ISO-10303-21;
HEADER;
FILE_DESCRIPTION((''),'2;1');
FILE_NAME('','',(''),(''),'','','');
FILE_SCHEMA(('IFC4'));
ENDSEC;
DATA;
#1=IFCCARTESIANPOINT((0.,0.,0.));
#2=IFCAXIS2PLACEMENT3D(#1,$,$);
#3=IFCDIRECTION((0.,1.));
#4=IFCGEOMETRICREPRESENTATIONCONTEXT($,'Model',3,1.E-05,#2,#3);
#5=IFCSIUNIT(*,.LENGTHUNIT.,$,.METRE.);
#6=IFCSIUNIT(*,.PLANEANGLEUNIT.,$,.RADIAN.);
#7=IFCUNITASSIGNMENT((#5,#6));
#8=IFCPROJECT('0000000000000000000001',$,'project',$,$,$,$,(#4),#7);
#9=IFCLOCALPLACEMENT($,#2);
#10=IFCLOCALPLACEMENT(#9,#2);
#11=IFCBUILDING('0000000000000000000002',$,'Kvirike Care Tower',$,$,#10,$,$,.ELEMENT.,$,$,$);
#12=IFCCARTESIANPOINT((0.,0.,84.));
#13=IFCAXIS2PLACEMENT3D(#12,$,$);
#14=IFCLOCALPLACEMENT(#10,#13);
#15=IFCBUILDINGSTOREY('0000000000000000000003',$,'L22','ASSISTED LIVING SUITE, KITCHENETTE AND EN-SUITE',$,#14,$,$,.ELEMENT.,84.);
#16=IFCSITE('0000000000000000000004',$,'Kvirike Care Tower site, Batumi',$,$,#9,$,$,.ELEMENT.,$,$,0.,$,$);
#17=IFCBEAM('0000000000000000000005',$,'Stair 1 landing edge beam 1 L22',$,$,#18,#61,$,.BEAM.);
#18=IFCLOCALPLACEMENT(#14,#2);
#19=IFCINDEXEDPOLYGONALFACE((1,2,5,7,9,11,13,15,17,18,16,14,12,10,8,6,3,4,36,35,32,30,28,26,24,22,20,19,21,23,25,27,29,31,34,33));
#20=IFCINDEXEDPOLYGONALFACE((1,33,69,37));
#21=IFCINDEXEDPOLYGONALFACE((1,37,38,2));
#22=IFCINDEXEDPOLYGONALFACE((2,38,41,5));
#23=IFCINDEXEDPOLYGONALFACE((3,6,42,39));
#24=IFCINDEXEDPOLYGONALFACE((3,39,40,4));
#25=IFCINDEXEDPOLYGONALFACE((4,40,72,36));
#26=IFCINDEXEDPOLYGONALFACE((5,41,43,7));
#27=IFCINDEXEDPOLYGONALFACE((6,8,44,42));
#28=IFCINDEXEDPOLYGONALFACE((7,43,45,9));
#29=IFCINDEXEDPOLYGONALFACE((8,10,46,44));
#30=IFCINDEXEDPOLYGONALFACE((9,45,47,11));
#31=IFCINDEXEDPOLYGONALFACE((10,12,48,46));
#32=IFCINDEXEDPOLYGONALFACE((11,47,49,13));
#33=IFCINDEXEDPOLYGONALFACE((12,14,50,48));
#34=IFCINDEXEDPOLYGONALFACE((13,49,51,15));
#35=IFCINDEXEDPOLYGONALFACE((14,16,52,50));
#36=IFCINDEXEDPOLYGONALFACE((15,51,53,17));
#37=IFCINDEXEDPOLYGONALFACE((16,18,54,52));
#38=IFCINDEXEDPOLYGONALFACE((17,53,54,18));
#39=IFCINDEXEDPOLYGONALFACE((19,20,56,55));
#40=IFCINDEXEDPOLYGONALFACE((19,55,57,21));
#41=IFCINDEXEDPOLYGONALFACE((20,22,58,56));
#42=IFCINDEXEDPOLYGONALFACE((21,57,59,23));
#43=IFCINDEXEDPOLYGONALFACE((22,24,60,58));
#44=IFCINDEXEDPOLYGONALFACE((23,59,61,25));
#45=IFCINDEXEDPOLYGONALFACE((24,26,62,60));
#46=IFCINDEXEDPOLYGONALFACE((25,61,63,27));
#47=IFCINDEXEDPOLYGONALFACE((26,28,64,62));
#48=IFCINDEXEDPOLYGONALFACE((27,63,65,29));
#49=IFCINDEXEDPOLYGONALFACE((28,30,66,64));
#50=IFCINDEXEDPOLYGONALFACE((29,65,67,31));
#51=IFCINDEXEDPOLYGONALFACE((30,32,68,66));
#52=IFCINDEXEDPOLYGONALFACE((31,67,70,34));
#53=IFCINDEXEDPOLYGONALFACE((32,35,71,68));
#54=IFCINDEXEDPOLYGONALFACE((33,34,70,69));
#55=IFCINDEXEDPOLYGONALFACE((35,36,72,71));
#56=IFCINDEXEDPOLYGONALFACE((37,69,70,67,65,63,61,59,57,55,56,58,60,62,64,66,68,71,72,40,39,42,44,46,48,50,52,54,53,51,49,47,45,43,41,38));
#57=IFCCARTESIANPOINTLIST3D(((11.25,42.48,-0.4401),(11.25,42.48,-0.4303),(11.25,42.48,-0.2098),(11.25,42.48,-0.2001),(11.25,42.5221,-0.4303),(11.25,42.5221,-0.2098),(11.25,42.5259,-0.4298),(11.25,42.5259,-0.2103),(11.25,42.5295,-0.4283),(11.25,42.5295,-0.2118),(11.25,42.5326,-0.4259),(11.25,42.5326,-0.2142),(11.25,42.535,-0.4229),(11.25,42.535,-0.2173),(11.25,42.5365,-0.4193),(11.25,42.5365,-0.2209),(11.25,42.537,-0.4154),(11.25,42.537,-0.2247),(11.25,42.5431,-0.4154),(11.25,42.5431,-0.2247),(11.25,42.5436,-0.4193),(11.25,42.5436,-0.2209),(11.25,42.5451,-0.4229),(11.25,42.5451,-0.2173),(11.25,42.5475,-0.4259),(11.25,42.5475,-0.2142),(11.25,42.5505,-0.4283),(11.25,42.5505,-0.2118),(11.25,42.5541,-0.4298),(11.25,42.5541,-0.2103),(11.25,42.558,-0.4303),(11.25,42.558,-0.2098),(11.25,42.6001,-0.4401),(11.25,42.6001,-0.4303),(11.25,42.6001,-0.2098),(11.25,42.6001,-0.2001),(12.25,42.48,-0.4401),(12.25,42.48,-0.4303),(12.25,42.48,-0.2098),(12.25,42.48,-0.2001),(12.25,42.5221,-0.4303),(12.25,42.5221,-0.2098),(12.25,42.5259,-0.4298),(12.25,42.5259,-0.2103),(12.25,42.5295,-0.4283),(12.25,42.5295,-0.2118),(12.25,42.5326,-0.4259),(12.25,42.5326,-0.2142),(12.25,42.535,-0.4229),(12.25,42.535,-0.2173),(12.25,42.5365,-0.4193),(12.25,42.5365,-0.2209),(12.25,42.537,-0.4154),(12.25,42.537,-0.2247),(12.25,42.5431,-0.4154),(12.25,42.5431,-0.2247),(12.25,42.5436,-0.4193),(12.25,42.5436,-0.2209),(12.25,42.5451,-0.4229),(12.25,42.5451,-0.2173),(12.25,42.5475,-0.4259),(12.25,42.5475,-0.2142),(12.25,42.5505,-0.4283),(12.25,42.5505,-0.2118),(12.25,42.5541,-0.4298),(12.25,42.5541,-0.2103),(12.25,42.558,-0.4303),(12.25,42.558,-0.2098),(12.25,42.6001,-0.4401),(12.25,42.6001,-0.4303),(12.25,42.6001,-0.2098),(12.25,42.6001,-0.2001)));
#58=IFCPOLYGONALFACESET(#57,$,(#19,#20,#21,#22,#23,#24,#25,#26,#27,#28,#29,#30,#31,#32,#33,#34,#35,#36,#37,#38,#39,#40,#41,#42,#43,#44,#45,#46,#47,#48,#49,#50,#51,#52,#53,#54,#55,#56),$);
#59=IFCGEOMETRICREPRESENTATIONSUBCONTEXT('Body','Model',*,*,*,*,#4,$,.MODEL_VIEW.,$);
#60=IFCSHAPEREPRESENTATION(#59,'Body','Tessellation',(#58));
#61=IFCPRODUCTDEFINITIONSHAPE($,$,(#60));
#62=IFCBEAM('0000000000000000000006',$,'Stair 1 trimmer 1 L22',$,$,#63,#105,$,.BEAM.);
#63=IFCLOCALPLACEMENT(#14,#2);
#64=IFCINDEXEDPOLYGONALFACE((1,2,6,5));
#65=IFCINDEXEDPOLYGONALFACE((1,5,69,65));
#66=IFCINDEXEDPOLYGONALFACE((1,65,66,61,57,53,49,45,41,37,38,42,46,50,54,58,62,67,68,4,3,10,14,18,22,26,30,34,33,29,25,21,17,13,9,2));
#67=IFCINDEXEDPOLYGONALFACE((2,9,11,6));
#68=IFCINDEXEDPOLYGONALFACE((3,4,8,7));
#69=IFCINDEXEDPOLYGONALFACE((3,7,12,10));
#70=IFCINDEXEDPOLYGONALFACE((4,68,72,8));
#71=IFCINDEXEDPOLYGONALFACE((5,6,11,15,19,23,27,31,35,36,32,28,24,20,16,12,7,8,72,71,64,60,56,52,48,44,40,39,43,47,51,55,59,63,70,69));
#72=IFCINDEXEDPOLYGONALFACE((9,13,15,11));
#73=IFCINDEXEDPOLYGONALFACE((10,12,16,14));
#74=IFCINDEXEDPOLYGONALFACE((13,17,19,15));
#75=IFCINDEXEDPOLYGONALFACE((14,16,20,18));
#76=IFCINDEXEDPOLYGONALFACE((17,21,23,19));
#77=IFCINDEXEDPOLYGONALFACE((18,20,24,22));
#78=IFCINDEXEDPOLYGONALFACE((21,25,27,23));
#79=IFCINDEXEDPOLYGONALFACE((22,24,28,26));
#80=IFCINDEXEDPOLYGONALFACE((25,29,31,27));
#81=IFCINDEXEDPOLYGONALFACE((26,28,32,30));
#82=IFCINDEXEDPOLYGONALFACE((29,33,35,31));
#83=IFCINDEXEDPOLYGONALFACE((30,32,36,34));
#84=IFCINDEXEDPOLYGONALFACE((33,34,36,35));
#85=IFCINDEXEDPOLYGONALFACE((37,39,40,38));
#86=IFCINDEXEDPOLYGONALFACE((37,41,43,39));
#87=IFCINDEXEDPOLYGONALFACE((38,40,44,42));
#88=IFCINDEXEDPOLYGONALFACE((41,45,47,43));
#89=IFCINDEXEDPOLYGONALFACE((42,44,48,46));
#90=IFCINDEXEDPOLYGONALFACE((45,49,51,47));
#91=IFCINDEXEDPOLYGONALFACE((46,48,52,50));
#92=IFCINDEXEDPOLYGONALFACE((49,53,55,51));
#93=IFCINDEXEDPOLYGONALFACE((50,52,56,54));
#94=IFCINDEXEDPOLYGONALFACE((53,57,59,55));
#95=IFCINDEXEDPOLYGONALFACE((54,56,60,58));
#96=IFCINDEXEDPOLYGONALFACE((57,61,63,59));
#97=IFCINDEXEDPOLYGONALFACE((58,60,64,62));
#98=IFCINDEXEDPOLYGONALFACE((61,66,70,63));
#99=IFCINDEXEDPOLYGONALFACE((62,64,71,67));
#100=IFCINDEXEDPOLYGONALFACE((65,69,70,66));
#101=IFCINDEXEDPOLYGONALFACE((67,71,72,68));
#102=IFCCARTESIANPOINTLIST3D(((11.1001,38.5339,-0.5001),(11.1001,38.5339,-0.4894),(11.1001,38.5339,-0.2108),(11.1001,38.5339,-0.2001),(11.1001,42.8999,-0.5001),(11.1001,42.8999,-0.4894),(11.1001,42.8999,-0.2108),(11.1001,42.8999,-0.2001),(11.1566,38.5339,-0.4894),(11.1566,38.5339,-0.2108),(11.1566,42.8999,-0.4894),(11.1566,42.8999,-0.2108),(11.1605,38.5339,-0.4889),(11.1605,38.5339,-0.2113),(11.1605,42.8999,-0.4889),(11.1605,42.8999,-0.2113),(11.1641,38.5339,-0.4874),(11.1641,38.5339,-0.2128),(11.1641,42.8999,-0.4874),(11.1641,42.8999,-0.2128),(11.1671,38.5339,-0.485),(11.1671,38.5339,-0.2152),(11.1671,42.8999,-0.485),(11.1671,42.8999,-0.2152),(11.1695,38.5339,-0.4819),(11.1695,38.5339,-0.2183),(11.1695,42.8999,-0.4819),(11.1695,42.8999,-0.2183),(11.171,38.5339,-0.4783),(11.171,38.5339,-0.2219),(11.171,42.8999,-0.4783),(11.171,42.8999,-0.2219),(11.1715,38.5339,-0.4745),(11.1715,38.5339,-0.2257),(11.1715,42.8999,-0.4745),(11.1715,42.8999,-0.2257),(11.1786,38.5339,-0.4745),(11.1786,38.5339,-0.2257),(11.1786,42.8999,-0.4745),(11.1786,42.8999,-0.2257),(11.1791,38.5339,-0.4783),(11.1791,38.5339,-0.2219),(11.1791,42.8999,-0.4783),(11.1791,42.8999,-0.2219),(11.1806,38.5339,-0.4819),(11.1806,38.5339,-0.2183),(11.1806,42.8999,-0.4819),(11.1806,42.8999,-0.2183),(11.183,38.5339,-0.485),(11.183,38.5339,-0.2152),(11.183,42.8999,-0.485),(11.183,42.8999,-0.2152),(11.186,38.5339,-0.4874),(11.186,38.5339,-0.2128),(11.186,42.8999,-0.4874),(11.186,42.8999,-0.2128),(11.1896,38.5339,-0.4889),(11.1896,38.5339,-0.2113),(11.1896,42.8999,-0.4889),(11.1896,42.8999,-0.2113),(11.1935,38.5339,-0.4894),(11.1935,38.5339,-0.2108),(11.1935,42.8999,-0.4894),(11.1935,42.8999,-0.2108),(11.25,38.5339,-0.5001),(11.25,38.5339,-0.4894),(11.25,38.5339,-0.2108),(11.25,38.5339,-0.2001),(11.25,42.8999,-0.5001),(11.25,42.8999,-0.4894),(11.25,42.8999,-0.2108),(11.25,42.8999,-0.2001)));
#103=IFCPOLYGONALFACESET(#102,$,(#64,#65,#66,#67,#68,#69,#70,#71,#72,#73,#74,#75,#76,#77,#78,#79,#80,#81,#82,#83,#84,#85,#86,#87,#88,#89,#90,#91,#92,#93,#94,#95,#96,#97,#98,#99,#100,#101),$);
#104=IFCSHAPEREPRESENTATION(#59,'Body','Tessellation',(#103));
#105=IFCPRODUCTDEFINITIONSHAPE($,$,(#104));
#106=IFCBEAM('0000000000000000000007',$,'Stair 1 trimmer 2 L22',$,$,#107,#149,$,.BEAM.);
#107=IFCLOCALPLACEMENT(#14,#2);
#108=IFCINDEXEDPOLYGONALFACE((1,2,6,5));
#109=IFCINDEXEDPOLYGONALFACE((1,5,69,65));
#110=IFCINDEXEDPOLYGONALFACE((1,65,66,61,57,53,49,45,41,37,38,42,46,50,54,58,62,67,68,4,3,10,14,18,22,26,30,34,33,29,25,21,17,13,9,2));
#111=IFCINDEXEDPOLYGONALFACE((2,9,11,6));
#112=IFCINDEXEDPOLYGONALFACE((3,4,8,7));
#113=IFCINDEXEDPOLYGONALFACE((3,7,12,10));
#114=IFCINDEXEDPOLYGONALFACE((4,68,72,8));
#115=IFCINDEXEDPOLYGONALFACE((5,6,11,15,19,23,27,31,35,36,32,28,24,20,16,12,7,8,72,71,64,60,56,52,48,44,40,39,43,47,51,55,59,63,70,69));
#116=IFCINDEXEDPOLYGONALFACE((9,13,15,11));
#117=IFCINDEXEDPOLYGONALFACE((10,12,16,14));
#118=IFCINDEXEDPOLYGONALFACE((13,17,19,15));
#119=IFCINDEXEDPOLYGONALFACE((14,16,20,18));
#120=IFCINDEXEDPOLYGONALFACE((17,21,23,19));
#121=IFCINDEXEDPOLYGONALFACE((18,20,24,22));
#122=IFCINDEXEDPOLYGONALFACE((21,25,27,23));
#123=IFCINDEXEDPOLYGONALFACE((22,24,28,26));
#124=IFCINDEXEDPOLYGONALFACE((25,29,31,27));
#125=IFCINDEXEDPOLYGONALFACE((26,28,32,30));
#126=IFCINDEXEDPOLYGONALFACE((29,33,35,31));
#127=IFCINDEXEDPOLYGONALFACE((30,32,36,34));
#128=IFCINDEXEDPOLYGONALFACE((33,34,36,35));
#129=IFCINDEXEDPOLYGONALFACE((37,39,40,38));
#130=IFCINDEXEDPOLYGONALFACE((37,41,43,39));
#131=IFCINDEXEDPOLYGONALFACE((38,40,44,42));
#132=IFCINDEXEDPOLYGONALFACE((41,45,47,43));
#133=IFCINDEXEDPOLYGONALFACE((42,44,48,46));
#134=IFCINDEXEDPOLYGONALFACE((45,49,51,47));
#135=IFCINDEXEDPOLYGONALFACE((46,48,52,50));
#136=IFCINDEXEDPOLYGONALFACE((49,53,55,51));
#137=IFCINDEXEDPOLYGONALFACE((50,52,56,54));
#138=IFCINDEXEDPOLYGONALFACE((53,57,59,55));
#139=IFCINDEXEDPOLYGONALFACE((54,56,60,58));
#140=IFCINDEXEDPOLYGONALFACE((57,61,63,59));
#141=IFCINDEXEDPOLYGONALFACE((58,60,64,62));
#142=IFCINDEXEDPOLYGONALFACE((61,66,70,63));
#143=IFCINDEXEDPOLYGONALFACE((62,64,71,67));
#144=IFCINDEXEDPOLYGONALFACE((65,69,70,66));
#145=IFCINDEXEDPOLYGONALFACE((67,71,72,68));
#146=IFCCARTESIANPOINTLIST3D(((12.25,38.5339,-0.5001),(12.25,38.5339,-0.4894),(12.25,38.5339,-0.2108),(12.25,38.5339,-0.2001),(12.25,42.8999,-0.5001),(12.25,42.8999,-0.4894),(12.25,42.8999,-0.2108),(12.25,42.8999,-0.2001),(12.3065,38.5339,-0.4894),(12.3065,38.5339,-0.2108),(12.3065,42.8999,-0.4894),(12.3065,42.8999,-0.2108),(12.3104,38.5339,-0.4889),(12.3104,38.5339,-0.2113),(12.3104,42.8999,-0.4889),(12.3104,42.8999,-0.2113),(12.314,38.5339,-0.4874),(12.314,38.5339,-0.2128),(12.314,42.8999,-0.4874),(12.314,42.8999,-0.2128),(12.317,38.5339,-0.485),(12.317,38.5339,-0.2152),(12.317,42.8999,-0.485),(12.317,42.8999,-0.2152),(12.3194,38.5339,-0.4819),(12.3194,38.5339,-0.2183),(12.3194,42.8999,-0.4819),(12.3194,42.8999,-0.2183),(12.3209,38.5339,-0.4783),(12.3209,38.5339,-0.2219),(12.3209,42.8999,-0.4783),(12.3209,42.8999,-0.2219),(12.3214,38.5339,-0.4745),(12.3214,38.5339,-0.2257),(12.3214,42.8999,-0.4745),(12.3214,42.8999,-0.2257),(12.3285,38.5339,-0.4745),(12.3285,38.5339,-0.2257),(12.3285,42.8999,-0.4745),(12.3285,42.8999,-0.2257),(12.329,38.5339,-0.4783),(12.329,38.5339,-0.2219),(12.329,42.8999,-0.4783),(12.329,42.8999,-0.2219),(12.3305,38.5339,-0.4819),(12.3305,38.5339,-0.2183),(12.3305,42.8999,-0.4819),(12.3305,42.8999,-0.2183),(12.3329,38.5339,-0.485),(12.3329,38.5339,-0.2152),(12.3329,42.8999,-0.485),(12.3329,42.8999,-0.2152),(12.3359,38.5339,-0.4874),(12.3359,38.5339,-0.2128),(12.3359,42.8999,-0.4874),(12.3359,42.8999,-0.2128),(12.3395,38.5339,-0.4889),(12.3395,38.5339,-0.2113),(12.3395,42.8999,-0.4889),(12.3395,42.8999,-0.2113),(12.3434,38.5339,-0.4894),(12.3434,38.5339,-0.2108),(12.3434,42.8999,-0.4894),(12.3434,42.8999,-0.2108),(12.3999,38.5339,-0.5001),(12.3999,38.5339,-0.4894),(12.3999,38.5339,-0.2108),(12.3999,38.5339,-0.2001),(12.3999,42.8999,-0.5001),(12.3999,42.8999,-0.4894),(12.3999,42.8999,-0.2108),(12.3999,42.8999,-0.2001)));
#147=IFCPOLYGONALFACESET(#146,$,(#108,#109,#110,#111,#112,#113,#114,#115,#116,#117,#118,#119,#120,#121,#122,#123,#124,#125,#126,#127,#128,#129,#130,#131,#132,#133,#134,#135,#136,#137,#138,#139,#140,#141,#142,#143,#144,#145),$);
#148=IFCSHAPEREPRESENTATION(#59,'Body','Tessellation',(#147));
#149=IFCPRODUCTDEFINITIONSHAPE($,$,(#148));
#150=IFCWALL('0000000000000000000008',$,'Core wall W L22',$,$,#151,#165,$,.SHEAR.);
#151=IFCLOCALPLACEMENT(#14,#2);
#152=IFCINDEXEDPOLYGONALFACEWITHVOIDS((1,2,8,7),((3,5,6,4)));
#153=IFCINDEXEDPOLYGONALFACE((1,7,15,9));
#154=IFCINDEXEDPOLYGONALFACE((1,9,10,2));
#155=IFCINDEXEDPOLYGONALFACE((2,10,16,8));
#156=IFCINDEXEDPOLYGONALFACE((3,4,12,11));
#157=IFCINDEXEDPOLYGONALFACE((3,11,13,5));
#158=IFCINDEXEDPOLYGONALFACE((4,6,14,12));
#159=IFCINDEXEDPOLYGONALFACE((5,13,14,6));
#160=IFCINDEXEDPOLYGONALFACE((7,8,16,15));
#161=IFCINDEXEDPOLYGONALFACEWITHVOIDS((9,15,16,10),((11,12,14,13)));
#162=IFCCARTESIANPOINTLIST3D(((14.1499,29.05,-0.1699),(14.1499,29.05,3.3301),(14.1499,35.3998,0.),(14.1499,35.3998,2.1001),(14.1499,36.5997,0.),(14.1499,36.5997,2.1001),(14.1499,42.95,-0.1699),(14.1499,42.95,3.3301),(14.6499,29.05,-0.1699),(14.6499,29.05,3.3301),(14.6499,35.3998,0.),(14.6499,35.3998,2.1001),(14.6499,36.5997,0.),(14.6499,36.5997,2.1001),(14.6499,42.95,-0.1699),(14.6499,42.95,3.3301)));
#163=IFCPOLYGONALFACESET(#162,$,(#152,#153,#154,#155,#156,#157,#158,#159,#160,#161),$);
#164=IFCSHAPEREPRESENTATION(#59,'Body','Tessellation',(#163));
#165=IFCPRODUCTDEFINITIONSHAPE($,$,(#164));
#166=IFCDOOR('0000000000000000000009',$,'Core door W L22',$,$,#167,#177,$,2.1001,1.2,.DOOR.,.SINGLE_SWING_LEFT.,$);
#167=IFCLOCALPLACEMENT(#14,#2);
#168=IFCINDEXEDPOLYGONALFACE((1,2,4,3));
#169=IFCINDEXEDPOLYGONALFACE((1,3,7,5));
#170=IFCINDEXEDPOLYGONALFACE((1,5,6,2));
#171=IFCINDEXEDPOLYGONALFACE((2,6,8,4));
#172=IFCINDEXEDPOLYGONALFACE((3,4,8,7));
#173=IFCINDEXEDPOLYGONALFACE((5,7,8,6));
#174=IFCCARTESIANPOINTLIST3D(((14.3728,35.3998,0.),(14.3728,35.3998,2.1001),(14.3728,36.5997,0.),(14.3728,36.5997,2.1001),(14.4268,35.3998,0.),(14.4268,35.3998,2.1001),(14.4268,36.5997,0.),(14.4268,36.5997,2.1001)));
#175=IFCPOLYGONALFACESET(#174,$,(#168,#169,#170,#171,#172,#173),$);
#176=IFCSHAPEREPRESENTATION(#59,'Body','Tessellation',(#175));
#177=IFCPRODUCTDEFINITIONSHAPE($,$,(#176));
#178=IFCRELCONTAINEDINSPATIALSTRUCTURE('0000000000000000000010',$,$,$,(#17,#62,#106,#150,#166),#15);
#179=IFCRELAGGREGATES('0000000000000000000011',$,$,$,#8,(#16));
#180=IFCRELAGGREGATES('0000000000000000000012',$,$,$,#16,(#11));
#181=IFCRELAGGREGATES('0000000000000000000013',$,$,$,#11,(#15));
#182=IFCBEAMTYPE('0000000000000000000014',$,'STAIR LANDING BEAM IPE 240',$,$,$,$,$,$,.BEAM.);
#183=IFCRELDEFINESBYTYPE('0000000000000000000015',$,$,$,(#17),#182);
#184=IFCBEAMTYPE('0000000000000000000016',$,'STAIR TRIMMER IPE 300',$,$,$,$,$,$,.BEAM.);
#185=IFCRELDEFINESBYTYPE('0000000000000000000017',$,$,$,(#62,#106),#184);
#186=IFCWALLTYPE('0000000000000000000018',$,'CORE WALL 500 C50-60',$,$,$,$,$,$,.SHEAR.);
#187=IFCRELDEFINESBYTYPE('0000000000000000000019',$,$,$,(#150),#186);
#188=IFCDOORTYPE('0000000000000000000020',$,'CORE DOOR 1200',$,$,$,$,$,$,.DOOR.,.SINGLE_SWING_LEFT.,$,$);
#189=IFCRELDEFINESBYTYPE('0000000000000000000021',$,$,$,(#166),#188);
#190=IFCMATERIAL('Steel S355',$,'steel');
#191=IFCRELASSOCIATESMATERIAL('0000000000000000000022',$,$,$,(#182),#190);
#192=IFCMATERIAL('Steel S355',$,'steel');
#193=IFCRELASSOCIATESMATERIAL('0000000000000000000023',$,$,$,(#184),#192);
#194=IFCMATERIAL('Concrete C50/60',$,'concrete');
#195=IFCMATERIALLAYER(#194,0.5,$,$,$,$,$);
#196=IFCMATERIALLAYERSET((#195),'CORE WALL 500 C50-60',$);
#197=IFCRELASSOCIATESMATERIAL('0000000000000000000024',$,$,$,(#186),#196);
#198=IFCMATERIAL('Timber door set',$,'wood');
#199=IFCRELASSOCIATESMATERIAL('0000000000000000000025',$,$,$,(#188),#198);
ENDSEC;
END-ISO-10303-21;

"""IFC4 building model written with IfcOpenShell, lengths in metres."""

from ifc_helpers import new_model, si_unit, direction, frame, frame_2d, origin, origin_2d, place, context, subcontext, project, spatial, rectangle, i_section, extrude, material, layer, layer_set, material_profile, profile_set, type_object, element, fill, save


model = new_model("IFC4")

# Units and contexts
model_context = context("Model", 3, precision=1e-05, world=origin(), true_north=direction((0.0, 1.0)))
body_context = subcontext(model_context, "Body", "Model", "MODEL_VIEW")
ifc_project = project(units=[si_unit("LENGTHUNIT", "METRE"), si_unit("PLANEANGLEUNIT", "RADIAN")], contexts=[model_context])

# Site, building, storey
site_placement = place(None, origin())
site = spatial("IfcSite", under=ifc_project, at=site_placement, Name="Kvirike Care Tower site, Batumi", CompositionType="ELEMENT", RefElevation=0.0)
building_placement = place(site_placement, origin())
building = spatial("IfcBuilding", under=site, at=building_placement, Name="Kvirike Care Tower", CompositionType="ELEMENT")
storey_placement = place(building_placement, frame((0.0, 0.0, 84.0)))
storey = spatial("IfcBuildingStorey", under=building, at=storey_placement, Name="L22", Description="ASSISTED LIVING SUITE, KITCHENETTE AND EN-SUITE", CompositionType="ELEMENT", Elevation=84.0)

# Beams
ifc_material_1 = material(Name="Steel S355", Category="steel")
ifc_material_profile_1 = material_profile(ifc_material_1, i_section(OverallWidth=0.1201, OverallDepth=0.24, WebThickness=0.0061, FlangeThickness=0.0098, FilletRadius=0.0149, at=origin_2d()), Name="IPE 240")
ifc_profile_set_1 = profile_set([ifc_material_profile_1], Name="Steel S355")
beam_type_1 = type_object("IfcBeamType", Name="STAIR LANDING BEAM IPE 240", PredefinedType="BEAM", material=ifc_profile_set_1)
beam_1_placement = place(storey_placement, frame((11.25, 42.54, -0.3201), z_axis=(1.0, 0.0, 0.0), x_axis=(0.0, 1.0, 0.0)))
element("IfcBeam", 1, at=beam_1_placement, inside=storey, type_object=beam_type_1, Name="Stair 1 landing edge beam 1 L22", PredefinedType="BEAM", context=body_context, shape_type="SweptSolid", body=[
    extrude(i_section(OverallWidth=0.1201, OverallDepth=0.24, WebThickness=0.0061, FlangeThickness=0.0098, FilletRadius=0.0149, at=origin_2d()), origin(), (0.0, 0.0, 1.0), 1.0),
])
ifc_material_2 = material(Name="Steel S355", Category="steel")
ifc_material_profile_2 = material_profile(ifc_material_2, i_section(OverallWidth=0.1499, OverallDepth=0.3, WebThickness=0.0071, FlangeThickness=0.0107, FilletRadius=0.0149, at=origin_2d()), Name="IPE 300")
ifc_profile_set_2 = profile_set([ifc_material_profile_2], Name="Steel S355")
beam_type_2 = type_object("IfcBeamType", Name="STAIR TRIMMER IPE 300", PredefinedType="BEAM", material=ifc_profile_set_2)
for number, where, z_axis, x_axis, name in (
    (2, (11.175, 42.8999, -0.3501), (0.0, -1.0, 0.0), (1.0, 0.0, 0.0), "Stair 1 trimmer 1 L22"),
    (3, (12.325, 42.8999, -0.3501), (0.0, -1.0, 0.0), (1.0, 0.0, 0.0), "Stair 1 trimmer 2 L22"),
):
    element("IfcBeam", number, at=place(storey_placement, frame(where, z_axis=z_axis, x_axis=x_axis)), inside=storey, type_object=beam_type_2, Name=name, PredefinedType="BEAM", context=body_context, shape_type="SweptSolid", body=[
        extrude(i_section(OverallWidth=0.1499, OverallDepth=0.3, WebThickness=0.0071, FlangeThickness=0.0107, FilletRadius=0.0149, at=origin_2d()), origin(), (0.0, 0.0, 1.0), 4.366),
    ])

# Wall, opening, door
ifc_material_3 = material(Name="Concrete C50/60", Category="concrete")
ifc_layer_1 = layer(ifc_material_3, 0.5)
ifc_layer_set_1 = layer_set([ifc_layer_1], Name="CORE WALL 500 C50-60")
wall_type_1 = type_object("IfcWallType", Name="CORE WALL 500 C50-60", PredefinedType="SHEAR", material=ifc_layer_set_1)
wall_1_placement = place(storey_placement, frame((14.3999, 42.95, -0.1699), z_axis=(0.0, 0.0, 1.0), x_axis=(0.0, -1.0, 0.0)))
wall_1 = element("IfcWall", 4, at=wall_1_placement, inside=storey, type_object=wall_type_1, Name="Core wall W L22", PredefinedType="SHEAR", context=body_context, shape_type="SweptSolid", body=[
    extrude(rectangle(XDim=13.8999, YDim=0.5, at=frame_2d((6.95, 0.0))), origin(), (0.0, 0.0, 1.0), 3.5),
])
opening_1_placement = place(wall_1_placement, frame((6.3501, 0.0, 0.1699)))
opening_1 = element("IfcOpeningElement", 5, at=opening_1_placement, cuts=wall_1, PredefinedType="OPENING", context=body_context, shape_type="SweptSolid", body=[
    extrude(rectangle(XDim=1.2, YDim=2.1001, at=frame_2d((0.6001, 1.05))), frame((0.0, 0.2605, 0.0), z_axis=(0.0, -1.0, 0.0), x_axis=(1.0, 0.0, 0.0)), (0.0, 0.0, 1.0), 0.521),
])
ifc_material_4 = material(Name="Timber door set", Category="wood")
door_type_1 = type_object("IfcDoorType", Name="CORE DOOR 1200", OperationType="SINGLE_SWING_LEFT", PredefinedType="DOOR", material=ifc_material_4)
door_1_placement = place(opening_1_placement, origin())
door_1 = element("IfcDoor", 6, at=door_1_placement, inside=storey, type_object=door_type_1, Name="Core door W L22", OperationType="SINGLE_SWING_LEFT", OverallHeight=2.1001, OverallWidth=1.2, PredefinedType="DOOR", context=body_context, shape_type="SweptSolid", body=[
    extrude(rectangle(XDim=1.2, YDim=2.1001, at=frame_2d((0.6001, 1.05))), frame((0.0, 0.0269, 0.0), z_axis=(0.0, -1.0, 0.0), x_axis=(1.0, 0.0, 0.0)), (0.0, 0.0, 1.0), 0.054),
])
fill(opening_1, door_1)

save(model, "model.ifc")
